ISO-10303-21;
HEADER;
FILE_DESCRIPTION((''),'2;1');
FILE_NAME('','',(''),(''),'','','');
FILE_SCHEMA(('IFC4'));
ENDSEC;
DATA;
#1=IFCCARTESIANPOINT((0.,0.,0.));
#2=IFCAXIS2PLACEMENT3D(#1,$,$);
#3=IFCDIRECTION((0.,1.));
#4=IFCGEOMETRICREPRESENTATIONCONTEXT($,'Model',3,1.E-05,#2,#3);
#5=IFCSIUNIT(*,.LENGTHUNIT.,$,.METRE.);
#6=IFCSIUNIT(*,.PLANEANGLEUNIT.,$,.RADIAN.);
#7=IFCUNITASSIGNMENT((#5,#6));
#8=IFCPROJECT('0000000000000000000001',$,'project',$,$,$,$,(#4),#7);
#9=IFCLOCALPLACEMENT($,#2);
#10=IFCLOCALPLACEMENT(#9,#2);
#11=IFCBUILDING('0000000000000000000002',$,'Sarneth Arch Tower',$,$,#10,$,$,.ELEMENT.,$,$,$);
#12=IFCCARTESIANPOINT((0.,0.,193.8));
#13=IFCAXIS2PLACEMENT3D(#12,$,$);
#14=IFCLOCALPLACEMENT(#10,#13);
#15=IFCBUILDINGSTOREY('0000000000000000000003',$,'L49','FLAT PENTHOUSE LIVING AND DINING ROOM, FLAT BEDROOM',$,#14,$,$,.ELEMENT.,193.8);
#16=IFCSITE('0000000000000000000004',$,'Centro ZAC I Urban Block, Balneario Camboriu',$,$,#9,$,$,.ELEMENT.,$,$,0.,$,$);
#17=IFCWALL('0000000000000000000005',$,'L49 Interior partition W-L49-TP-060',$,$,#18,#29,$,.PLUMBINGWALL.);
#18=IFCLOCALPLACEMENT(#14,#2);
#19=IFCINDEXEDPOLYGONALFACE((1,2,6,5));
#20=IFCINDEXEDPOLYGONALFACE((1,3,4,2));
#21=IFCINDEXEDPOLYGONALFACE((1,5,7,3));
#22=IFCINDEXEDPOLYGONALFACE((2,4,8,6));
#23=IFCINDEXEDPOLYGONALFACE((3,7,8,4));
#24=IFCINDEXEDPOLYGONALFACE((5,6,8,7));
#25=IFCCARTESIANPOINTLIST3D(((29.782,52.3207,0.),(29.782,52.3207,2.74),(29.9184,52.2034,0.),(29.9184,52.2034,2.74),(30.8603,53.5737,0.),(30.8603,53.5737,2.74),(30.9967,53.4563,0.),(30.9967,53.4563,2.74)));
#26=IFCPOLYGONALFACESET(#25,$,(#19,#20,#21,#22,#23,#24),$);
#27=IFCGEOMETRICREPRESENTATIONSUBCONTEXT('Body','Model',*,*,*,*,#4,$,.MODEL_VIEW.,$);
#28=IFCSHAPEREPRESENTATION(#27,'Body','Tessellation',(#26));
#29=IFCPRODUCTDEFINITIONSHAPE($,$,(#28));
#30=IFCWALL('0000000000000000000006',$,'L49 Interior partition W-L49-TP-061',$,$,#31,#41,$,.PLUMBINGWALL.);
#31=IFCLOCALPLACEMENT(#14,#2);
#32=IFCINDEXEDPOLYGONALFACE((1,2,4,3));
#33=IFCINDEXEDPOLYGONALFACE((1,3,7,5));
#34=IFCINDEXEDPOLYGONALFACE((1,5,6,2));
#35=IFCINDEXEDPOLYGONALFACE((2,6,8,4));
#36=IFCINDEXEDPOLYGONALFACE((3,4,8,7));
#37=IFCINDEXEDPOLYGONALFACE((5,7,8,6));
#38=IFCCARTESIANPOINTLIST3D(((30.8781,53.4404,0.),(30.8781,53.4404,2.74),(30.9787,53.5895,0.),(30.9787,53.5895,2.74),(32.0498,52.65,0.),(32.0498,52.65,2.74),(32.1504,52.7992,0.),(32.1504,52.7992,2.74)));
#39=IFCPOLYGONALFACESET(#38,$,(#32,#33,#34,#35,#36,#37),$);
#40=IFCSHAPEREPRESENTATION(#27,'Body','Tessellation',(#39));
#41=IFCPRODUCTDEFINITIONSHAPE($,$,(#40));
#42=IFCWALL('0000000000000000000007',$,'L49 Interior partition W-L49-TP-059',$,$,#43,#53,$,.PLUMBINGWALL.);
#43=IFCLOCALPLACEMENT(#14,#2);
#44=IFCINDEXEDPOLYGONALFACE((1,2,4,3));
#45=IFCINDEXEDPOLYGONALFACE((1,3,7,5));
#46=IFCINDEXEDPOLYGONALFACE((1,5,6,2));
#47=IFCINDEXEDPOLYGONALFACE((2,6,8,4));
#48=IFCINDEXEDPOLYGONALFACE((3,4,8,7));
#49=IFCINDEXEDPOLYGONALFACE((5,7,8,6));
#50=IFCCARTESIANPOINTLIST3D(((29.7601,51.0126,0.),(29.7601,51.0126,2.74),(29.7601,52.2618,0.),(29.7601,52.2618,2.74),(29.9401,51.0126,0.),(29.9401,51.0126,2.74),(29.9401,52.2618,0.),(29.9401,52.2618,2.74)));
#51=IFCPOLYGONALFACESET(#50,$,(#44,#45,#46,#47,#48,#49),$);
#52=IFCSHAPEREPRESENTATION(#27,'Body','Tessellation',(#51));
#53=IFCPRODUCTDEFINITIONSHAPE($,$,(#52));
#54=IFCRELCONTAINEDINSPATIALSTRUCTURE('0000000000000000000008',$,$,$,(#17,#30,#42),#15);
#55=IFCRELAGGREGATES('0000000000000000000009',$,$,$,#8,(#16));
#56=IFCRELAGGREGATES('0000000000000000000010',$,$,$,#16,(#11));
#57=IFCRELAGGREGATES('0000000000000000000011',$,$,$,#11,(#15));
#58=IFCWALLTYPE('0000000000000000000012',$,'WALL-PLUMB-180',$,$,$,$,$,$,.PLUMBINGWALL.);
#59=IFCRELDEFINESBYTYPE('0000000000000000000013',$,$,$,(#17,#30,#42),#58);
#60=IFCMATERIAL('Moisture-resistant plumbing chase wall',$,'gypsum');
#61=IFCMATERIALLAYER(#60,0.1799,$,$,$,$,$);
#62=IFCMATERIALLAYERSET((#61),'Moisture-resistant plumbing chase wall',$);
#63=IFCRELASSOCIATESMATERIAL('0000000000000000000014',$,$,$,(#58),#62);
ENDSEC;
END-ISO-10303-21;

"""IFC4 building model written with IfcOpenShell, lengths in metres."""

from ifc_helpers import new_model, si_unit, direction, frame, frame_2d, origin, place, context, subcontext, project, spatial, rectangle, extrude, material, layer, layer_set, type_object, element, save


model = new_model("IFC4")

# Units and contexts
model_context = context("Model", 3, precision=1e-05, world=origin(), true_north=direction((0.0, 1.0)))
body_context = subcontext(model_context, "Body", "Model", "MODEL_VIEW")
ifc_project = project(units=[si_unit("LENGTHUNIT", "METRE"), si_unit("PLANEANGLEUNIT", "RADIAN")], contexts=[model_context])

# Site, building, storey
site_placement = place(None, origin())
site = spatial("IfcSite", under=ifc_project, at=site_placement, Name="Centro ZAC I Urban Block, Balneario Camboriu", CompositionType="ELEMENT", RefElevation=0.0)
building_placement = place(site_placement, origin())
building = spatial("IfcBuilding", under=site, at=building_placement, Name="Sarneth Arch Tower", CompositionType="ELEMENT")
storey_placement = place(building_placement, frame((0.0, 0.0, 193.8)))
storey = spatial("IfcBuildingStorey", under=building, at=storey_placement, Name="L49", Description="FLAT PENTHOUSE LIVING AND DINING ROOM, FLAT BEDROOM", CompositionType="ELEMENT", Elevation=193.8)

# Walls
ifc_material_1 = material(Name="Moisture-resistant plumbing chase wall", Category="gypsum")
ifc_layer_1 = layer(ifc_material_1, 0.1799)
ifc_layer_set_1 = layer_set([ifc_layer_1], Name="Moisture-resistant plumbing chase wall")
wall_type_1 = type_object("IfcWallType", Name="WALL-PLUMB-180", PredefinedType="PLUMBINGWALL", material=ifc_layer_set_1)
wall_1_placement = place(storey_placement, frame((29.8501, 52.262, 0.0), z_axis=(0.0, 0.0, 1.0), x_axis=(0.652335, 0.757931, 0.0)))
element("IfcWall", 1, at=wall_1_placement, inside=storey, type_object=wall_type_1, Name="L49 Interior partition W-L49-TP-060", PredefinedType="PLUMBINGWALL", context=body_context, shape_type="SweptSolid", body=[
    extrude(rectangle(XDim=1.6531, YDim=0.1799, at=frame_2d((0.8267, 0.0))), origin(), (0.0, 0.0, 1.0), 2.74),
])
wall_2_placement = place(storey_placement, frame((30.9285, 53.5149, 0.0), z_axis=(0.0, 0.0, 1.0), x_axis=(0.829035, -0.559197, 0.0)))
element("IfcWall", 2, at=wall_2_placement, inside=storey, type_object=wall_type_1, Name="L49 Interior partition W-L49-TP-061", PredefinedType="PLUMBINGWALL", context=body_context, shape_type="SweptSolid", body=[
    extrude(rectangle(XDim=1.4133, YDim=0.1799, at=frame_2d((0.7065, 0.0))), origin(), (0.0, 0.0, 1.0), 2.74),
])
wall_3_placement = place(storey_placement, frame((29.8501, 51.0127, 0.0), z_axis=(0.0, 0.0, 1.0), x_axis=(0.0, 1.0, 0.0)))
element("IfcWall", 3, at=wall_3_placement, inside=storey, type_object=wall_type_1, Name="L49 Interior partition W-L49-TP-059", PredefinedType="PLUMBINGWALL", context=body_context, shape_type="SweptSolid", body=[
    extrude(rectangle(XDim=1.2493, YDim=0.1799, at=frame_2d((0.6245, 0.0))), origin(), (0.0, 0.0, 1.0), 2.74),
])

save(model, "model.ifc")
